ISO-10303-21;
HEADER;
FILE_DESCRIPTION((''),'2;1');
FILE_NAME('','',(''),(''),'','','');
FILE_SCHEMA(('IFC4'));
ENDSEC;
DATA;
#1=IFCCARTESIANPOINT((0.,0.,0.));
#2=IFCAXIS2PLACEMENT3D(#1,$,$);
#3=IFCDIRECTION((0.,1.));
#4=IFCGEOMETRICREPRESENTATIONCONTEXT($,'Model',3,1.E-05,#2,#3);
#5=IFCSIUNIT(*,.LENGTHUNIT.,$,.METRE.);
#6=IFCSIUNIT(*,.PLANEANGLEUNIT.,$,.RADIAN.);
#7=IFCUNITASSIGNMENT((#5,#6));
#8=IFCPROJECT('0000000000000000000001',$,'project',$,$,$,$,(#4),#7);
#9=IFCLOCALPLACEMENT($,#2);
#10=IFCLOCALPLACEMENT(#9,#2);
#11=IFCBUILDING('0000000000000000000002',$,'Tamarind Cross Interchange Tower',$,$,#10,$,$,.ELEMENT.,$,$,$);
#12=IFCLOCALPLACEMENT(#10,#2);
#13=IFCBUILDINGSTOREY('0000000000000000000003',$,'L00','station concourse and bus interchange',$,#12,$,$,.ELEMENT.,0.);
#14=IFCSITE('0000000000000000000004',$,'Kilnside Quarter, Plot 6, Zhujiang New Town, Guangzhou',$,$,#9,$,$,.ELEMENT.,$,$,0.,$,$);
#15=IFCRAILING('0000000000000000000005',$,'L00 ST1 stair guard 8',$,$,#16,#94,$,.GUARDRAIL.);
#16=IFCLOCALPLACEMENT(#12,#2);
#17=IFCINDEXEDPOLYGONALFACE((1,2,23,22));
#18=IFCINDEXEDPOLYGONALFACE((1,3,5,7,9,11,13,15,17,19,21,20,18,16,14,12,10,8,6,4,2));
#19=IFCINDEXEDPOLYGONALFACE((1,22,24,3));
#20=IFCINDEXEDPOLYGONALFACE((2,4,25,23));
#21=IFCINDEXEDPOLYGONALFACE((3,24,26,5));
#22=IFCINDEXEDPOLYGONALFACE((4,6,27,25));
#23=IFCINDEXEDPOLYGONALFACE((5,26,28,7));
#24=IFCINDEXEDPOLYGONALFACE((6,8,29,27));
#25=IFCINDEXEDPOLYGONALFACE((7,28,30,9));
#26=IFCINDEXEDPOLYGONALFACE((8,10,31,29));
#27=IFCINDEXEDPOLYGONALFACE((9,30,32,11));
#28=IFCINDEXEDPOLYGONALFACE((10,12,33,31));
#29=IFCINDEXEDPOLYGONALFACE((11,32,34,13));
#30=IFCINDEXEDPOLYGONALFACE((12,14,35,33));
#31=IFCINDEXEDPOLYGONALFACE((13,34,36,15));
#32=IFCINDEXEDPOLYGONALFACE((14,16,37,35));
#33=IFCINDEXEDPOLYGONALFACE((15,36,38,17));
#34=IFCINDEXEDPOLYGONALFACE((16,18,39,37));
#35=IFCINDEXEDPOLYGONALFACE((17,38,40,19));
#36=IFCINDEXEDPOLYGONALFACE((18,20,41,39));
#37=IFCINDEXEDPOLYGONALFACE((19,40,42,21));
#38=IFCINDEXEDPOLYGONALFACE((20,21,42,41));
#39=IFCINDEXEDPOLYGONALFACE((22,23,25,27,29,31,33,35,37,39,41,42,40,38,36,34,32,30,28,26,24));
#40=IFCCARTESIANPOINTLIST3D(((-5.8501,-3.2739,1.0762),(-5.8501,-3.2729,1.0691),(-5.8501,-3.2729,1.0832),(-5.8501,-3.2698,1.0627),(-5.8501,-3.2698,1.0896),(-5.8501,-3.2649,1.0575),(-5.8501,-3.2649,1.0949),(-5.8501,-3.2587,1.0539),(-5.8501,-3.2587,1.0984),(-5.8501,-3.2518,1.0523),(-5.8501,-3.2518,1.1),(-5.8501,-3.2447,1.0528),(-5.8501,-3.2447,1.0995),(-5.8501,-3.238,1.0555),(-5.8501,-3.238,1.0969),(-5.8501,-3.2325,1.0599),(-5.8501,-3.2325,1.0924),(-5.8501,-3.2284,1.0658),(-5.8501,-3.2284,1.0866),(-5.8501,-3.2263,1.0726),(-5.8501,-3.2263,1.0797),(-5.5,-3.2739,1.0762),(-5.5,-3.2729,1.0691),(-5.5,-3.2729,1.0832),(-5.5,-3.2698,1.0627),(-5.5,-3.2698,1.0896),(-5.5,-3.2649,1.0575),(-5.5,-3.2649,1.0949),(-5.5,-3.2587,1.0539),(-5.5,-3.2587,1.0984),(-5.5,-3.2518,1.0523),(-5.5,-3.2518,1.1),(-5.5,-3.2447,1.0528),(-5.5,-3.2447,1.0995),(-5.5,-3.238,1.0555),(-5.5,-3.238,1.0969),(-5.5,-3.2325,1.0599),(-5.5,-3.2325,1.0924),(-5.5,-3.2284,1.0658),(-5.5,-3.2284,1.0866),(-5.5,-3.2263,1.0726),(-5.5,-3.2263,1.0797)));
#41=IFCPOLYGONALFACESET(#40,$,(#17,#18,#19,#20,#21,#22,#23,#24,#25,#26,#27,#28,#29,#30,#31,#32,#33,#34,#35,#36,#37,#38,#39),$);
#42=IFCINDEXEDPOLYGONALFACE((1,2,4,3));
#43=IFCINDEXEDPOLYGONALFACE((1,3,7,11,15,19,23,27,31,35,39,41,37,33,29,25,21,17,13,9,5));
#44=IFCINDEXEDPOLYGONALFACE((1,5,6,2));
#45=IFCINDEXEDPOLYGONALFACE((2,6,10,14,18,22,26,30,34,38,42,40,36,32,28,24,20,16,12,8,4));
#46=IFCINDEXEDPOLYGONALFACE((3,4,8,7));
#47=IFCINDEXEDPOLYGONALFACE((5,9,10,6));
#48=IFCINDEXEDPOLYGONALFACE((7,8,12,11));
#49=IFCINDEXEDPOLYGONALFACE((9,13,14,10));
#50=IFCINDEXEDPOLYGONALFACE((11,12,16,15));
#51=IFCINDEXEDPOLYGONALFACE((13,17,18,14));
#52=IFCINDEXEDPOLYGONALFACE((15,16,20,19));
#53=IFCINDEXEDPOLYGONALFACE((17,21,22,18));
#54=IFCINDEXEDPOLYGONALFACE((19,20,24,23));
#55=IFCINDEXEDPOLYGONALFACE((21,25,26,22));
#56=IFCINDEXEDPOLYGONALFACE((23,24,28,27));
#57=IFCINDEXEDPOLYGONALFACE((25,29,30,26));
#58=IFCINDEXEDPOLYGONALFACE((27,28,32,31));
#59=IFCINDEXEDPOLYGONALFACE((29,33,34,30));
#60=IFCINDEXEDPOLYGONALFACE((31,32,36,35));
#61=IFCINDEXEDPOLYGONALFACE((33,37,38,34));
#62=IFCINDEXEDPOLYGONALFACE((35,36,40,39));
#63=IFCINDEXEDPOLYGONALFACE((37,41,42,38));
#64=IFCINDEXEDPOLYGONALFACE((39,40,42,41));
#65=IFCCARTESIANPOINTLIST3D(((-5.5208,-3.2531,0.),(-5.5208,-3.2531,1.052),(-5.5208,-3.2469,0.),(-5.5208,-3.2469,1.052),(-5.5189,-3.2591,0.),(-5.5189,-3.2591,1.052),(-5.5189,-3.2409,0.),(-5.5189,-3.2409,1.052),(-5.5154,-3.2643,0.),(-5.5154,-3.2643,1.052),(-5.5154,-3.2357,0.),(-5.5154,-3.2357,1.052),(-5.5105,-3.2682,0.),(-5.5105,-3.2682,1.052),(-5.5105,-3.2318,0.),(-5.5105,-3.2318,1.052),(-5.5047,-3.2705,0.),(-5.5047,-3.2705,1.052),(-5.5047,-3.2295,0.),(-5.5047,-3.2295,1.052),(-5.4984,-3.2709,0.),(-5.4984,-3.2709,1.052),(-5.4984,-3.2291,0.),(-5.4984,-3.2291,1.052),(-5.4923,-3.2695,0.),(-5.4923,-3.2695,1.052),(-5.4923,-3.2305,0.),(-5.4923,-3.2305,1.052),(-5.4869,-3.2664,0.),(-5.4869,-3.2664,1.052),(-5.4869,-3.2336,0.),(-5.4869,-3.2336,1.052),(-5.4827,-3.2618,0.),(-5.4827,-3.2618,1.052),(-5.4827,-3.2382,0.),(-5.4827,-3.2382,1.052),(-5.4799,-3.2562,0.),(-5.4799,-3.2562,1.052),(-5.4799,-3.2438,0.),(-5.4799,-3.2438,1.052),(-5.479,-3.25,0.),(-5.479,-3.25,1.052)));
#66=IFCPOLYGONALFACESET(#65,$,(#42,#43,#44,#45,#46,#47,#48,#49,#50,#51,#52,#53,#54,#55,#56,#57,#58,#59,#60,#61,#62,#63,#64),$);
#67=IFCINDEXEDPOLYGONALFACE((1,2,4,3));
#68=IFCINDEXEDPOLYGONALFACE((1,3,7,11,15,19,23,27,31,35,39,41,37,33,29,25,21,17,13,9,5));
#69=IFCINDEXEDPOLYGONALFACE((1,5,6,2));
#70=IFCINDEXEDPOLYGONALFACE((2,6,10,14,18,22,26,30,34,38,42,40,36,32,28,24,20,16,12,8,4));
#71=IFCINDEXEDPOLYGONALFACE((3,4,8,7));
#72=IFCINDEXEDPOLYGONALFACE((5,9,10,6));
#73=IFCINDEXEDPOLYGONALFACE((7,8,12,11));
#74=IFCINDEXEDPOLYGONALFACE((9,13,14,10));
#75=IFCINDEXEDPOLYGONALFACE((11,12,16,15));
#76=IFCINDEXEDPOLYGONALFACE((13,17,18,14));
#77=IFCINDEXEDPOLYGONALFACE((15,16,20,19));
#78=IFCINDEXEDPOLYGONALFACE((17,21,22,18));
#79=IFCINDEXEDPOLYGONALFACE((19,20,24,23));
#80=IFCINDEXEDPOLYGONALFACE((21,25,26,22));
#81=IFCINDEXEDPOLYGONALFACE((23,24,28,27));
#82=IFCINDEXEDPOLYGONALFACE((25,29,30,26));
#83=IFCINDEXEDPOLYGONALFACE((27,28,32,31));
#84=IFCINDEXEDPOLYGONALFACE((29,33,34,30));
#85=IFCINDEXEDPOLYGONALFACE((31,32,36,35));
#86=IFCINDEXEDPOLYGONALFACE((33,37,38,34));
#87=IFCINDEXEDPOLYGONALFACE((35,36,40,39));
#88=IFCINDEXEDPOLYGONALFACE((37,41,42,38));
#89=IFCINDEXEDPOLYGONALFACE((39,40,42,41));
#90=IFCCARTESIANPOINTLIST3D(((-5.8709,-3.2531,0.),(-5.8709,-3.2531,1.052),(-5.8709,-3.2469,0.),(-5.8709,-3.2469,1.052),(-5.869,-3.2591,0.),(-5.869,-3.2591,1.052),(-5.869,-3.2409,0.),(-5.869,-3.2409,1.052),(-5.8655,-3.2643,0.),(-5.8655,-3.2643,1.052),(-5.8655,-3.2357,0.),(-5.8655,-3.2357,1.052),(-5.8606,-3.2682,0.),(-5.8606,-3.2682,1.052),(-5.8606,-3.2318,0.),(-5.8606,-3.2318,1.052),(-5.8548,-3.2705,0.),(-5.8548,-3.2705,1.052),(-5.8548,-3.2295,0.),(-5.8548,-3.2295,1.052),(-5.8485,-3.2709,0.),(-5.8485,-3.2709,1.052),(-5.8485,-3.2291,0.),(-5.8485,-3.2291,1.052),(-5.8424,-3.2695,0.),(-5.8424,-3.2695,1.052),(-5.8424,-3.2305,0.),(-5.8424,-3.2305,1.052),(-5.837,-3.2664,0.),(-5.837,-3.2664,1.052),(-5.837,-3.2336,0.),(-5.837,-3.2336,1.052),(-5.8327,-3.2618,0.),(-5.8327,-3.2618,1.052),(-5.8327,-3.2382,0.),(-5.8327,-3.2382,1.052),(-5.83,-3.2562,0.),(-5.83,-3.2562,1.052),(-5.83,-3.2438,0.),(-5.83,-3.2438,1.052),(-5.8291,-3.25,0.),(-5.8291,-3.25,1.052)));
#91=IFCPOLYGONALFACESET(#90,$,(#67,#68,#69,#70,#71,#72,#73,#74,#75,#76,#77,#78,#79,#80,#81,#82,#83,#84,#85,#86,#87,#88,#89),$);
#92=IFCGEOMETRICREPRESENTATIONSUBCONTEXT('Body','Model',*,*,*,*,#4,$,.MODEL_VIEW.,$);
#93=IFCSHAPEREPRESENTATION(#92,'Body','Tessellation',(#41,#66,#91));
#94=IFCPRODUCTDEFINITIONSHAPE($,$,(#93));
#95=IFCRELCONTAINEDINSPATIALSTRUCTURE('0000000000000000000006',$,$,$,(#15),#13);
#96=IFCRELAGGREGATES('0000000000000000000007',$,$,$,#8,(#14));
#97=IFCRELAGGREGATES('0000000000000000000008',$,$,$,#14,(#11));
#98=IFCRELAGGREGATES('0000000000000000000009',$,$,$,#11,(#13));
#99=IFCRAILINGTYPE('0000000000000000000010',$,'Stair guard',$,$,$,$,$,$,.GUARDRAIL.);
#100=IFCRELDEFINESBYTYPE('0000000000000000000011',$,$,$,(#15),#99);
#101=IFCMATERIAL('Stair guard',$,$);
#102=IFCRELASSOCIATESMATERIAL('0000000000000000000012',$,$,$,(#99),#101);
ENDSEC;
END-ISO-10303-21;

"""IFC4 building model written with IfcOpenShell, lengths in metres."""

from ifc_helpers import new_model, si_unit, direction, frame, origin, origin_2d, place, context, subcontext, project, spatial, circle, extrude, material, type_object, element, save


model = new_model("IFC4")

# Units and contexts
model_context = context("Model", 3, precision=1e-05, world=origin(), true_north=direction((0.0, 1.0)))
body_context = subcontext(model_context, "Body", "Model", "MODEL_VIEW")
ifc_project = project(units=[si_unit("LENGTHUNIT", "METRE"), si_unit("PLANEANGLEUNIT", "RADIAN")], contexts=[model_context])

# Site, building, storey
site_placement = place(None, origin())
site = spatial("IfcSite", under=ifc_project, at=site_placement, Name="Kilnside Quarter, Plot 6, Zhujiang New Town, Guangzhou", CompositionType="ELEMENT", RefElevation=0.0)
building_placement = place(site_placement, origin())
building = spatial("IfcBuilding", under=site, at=building_placement, Name="Tamarind Cross Interchange Tower", CompositionType="ELEMENT")
storey_placement = place(building_placement, origin())
storey = spatial("IfcBuildingStorey", under=building, at=storey_placement, Name="L00", Description="station concourse and bus interchange", CompositionType="ELEMENT", Elevation=0.0)

# Railing
ifc_material_1 = material(Name="Stair guard")
railing_type_1 = type_object("IfcRailingType", Name="Stair guard", PredefinedType="GUARDRAIL", material=ifc_material_1)
railing_1_placement = place(storey_placement, frame((-5.5, -3.25, 0.0)))
element("IfcRailing", 1, at=railing_1_placement, inside=storey, type_object=railing_type_1, Name="L00 ST1 stair guard 8", PredefinedType="GUARDRAIL", context=body_context, shape_type="SweptSolid", body=[
    extrude(circle(Radius=0.0239, at=origin_2d()), frame((0.0, 0.0, 1.0762), z_axis=(-1.0, 0.0, 0.0), x_axis=(0.0, -1.0, 0.0)), (0.0, 0.0, 1.0), 0.3501),
    extrude(circle(Radius=0.021, at=origin_2d()), origin(), (0.0, 0.0, 1.0), 1.052),
    extrude(circle(Radius=0.021, at=origin_2d()), frame((-0.3501, 0.0, 0.0)), (0.0, 0.0, 1.0), 1.052),
])

save(model, "model.ifc")
